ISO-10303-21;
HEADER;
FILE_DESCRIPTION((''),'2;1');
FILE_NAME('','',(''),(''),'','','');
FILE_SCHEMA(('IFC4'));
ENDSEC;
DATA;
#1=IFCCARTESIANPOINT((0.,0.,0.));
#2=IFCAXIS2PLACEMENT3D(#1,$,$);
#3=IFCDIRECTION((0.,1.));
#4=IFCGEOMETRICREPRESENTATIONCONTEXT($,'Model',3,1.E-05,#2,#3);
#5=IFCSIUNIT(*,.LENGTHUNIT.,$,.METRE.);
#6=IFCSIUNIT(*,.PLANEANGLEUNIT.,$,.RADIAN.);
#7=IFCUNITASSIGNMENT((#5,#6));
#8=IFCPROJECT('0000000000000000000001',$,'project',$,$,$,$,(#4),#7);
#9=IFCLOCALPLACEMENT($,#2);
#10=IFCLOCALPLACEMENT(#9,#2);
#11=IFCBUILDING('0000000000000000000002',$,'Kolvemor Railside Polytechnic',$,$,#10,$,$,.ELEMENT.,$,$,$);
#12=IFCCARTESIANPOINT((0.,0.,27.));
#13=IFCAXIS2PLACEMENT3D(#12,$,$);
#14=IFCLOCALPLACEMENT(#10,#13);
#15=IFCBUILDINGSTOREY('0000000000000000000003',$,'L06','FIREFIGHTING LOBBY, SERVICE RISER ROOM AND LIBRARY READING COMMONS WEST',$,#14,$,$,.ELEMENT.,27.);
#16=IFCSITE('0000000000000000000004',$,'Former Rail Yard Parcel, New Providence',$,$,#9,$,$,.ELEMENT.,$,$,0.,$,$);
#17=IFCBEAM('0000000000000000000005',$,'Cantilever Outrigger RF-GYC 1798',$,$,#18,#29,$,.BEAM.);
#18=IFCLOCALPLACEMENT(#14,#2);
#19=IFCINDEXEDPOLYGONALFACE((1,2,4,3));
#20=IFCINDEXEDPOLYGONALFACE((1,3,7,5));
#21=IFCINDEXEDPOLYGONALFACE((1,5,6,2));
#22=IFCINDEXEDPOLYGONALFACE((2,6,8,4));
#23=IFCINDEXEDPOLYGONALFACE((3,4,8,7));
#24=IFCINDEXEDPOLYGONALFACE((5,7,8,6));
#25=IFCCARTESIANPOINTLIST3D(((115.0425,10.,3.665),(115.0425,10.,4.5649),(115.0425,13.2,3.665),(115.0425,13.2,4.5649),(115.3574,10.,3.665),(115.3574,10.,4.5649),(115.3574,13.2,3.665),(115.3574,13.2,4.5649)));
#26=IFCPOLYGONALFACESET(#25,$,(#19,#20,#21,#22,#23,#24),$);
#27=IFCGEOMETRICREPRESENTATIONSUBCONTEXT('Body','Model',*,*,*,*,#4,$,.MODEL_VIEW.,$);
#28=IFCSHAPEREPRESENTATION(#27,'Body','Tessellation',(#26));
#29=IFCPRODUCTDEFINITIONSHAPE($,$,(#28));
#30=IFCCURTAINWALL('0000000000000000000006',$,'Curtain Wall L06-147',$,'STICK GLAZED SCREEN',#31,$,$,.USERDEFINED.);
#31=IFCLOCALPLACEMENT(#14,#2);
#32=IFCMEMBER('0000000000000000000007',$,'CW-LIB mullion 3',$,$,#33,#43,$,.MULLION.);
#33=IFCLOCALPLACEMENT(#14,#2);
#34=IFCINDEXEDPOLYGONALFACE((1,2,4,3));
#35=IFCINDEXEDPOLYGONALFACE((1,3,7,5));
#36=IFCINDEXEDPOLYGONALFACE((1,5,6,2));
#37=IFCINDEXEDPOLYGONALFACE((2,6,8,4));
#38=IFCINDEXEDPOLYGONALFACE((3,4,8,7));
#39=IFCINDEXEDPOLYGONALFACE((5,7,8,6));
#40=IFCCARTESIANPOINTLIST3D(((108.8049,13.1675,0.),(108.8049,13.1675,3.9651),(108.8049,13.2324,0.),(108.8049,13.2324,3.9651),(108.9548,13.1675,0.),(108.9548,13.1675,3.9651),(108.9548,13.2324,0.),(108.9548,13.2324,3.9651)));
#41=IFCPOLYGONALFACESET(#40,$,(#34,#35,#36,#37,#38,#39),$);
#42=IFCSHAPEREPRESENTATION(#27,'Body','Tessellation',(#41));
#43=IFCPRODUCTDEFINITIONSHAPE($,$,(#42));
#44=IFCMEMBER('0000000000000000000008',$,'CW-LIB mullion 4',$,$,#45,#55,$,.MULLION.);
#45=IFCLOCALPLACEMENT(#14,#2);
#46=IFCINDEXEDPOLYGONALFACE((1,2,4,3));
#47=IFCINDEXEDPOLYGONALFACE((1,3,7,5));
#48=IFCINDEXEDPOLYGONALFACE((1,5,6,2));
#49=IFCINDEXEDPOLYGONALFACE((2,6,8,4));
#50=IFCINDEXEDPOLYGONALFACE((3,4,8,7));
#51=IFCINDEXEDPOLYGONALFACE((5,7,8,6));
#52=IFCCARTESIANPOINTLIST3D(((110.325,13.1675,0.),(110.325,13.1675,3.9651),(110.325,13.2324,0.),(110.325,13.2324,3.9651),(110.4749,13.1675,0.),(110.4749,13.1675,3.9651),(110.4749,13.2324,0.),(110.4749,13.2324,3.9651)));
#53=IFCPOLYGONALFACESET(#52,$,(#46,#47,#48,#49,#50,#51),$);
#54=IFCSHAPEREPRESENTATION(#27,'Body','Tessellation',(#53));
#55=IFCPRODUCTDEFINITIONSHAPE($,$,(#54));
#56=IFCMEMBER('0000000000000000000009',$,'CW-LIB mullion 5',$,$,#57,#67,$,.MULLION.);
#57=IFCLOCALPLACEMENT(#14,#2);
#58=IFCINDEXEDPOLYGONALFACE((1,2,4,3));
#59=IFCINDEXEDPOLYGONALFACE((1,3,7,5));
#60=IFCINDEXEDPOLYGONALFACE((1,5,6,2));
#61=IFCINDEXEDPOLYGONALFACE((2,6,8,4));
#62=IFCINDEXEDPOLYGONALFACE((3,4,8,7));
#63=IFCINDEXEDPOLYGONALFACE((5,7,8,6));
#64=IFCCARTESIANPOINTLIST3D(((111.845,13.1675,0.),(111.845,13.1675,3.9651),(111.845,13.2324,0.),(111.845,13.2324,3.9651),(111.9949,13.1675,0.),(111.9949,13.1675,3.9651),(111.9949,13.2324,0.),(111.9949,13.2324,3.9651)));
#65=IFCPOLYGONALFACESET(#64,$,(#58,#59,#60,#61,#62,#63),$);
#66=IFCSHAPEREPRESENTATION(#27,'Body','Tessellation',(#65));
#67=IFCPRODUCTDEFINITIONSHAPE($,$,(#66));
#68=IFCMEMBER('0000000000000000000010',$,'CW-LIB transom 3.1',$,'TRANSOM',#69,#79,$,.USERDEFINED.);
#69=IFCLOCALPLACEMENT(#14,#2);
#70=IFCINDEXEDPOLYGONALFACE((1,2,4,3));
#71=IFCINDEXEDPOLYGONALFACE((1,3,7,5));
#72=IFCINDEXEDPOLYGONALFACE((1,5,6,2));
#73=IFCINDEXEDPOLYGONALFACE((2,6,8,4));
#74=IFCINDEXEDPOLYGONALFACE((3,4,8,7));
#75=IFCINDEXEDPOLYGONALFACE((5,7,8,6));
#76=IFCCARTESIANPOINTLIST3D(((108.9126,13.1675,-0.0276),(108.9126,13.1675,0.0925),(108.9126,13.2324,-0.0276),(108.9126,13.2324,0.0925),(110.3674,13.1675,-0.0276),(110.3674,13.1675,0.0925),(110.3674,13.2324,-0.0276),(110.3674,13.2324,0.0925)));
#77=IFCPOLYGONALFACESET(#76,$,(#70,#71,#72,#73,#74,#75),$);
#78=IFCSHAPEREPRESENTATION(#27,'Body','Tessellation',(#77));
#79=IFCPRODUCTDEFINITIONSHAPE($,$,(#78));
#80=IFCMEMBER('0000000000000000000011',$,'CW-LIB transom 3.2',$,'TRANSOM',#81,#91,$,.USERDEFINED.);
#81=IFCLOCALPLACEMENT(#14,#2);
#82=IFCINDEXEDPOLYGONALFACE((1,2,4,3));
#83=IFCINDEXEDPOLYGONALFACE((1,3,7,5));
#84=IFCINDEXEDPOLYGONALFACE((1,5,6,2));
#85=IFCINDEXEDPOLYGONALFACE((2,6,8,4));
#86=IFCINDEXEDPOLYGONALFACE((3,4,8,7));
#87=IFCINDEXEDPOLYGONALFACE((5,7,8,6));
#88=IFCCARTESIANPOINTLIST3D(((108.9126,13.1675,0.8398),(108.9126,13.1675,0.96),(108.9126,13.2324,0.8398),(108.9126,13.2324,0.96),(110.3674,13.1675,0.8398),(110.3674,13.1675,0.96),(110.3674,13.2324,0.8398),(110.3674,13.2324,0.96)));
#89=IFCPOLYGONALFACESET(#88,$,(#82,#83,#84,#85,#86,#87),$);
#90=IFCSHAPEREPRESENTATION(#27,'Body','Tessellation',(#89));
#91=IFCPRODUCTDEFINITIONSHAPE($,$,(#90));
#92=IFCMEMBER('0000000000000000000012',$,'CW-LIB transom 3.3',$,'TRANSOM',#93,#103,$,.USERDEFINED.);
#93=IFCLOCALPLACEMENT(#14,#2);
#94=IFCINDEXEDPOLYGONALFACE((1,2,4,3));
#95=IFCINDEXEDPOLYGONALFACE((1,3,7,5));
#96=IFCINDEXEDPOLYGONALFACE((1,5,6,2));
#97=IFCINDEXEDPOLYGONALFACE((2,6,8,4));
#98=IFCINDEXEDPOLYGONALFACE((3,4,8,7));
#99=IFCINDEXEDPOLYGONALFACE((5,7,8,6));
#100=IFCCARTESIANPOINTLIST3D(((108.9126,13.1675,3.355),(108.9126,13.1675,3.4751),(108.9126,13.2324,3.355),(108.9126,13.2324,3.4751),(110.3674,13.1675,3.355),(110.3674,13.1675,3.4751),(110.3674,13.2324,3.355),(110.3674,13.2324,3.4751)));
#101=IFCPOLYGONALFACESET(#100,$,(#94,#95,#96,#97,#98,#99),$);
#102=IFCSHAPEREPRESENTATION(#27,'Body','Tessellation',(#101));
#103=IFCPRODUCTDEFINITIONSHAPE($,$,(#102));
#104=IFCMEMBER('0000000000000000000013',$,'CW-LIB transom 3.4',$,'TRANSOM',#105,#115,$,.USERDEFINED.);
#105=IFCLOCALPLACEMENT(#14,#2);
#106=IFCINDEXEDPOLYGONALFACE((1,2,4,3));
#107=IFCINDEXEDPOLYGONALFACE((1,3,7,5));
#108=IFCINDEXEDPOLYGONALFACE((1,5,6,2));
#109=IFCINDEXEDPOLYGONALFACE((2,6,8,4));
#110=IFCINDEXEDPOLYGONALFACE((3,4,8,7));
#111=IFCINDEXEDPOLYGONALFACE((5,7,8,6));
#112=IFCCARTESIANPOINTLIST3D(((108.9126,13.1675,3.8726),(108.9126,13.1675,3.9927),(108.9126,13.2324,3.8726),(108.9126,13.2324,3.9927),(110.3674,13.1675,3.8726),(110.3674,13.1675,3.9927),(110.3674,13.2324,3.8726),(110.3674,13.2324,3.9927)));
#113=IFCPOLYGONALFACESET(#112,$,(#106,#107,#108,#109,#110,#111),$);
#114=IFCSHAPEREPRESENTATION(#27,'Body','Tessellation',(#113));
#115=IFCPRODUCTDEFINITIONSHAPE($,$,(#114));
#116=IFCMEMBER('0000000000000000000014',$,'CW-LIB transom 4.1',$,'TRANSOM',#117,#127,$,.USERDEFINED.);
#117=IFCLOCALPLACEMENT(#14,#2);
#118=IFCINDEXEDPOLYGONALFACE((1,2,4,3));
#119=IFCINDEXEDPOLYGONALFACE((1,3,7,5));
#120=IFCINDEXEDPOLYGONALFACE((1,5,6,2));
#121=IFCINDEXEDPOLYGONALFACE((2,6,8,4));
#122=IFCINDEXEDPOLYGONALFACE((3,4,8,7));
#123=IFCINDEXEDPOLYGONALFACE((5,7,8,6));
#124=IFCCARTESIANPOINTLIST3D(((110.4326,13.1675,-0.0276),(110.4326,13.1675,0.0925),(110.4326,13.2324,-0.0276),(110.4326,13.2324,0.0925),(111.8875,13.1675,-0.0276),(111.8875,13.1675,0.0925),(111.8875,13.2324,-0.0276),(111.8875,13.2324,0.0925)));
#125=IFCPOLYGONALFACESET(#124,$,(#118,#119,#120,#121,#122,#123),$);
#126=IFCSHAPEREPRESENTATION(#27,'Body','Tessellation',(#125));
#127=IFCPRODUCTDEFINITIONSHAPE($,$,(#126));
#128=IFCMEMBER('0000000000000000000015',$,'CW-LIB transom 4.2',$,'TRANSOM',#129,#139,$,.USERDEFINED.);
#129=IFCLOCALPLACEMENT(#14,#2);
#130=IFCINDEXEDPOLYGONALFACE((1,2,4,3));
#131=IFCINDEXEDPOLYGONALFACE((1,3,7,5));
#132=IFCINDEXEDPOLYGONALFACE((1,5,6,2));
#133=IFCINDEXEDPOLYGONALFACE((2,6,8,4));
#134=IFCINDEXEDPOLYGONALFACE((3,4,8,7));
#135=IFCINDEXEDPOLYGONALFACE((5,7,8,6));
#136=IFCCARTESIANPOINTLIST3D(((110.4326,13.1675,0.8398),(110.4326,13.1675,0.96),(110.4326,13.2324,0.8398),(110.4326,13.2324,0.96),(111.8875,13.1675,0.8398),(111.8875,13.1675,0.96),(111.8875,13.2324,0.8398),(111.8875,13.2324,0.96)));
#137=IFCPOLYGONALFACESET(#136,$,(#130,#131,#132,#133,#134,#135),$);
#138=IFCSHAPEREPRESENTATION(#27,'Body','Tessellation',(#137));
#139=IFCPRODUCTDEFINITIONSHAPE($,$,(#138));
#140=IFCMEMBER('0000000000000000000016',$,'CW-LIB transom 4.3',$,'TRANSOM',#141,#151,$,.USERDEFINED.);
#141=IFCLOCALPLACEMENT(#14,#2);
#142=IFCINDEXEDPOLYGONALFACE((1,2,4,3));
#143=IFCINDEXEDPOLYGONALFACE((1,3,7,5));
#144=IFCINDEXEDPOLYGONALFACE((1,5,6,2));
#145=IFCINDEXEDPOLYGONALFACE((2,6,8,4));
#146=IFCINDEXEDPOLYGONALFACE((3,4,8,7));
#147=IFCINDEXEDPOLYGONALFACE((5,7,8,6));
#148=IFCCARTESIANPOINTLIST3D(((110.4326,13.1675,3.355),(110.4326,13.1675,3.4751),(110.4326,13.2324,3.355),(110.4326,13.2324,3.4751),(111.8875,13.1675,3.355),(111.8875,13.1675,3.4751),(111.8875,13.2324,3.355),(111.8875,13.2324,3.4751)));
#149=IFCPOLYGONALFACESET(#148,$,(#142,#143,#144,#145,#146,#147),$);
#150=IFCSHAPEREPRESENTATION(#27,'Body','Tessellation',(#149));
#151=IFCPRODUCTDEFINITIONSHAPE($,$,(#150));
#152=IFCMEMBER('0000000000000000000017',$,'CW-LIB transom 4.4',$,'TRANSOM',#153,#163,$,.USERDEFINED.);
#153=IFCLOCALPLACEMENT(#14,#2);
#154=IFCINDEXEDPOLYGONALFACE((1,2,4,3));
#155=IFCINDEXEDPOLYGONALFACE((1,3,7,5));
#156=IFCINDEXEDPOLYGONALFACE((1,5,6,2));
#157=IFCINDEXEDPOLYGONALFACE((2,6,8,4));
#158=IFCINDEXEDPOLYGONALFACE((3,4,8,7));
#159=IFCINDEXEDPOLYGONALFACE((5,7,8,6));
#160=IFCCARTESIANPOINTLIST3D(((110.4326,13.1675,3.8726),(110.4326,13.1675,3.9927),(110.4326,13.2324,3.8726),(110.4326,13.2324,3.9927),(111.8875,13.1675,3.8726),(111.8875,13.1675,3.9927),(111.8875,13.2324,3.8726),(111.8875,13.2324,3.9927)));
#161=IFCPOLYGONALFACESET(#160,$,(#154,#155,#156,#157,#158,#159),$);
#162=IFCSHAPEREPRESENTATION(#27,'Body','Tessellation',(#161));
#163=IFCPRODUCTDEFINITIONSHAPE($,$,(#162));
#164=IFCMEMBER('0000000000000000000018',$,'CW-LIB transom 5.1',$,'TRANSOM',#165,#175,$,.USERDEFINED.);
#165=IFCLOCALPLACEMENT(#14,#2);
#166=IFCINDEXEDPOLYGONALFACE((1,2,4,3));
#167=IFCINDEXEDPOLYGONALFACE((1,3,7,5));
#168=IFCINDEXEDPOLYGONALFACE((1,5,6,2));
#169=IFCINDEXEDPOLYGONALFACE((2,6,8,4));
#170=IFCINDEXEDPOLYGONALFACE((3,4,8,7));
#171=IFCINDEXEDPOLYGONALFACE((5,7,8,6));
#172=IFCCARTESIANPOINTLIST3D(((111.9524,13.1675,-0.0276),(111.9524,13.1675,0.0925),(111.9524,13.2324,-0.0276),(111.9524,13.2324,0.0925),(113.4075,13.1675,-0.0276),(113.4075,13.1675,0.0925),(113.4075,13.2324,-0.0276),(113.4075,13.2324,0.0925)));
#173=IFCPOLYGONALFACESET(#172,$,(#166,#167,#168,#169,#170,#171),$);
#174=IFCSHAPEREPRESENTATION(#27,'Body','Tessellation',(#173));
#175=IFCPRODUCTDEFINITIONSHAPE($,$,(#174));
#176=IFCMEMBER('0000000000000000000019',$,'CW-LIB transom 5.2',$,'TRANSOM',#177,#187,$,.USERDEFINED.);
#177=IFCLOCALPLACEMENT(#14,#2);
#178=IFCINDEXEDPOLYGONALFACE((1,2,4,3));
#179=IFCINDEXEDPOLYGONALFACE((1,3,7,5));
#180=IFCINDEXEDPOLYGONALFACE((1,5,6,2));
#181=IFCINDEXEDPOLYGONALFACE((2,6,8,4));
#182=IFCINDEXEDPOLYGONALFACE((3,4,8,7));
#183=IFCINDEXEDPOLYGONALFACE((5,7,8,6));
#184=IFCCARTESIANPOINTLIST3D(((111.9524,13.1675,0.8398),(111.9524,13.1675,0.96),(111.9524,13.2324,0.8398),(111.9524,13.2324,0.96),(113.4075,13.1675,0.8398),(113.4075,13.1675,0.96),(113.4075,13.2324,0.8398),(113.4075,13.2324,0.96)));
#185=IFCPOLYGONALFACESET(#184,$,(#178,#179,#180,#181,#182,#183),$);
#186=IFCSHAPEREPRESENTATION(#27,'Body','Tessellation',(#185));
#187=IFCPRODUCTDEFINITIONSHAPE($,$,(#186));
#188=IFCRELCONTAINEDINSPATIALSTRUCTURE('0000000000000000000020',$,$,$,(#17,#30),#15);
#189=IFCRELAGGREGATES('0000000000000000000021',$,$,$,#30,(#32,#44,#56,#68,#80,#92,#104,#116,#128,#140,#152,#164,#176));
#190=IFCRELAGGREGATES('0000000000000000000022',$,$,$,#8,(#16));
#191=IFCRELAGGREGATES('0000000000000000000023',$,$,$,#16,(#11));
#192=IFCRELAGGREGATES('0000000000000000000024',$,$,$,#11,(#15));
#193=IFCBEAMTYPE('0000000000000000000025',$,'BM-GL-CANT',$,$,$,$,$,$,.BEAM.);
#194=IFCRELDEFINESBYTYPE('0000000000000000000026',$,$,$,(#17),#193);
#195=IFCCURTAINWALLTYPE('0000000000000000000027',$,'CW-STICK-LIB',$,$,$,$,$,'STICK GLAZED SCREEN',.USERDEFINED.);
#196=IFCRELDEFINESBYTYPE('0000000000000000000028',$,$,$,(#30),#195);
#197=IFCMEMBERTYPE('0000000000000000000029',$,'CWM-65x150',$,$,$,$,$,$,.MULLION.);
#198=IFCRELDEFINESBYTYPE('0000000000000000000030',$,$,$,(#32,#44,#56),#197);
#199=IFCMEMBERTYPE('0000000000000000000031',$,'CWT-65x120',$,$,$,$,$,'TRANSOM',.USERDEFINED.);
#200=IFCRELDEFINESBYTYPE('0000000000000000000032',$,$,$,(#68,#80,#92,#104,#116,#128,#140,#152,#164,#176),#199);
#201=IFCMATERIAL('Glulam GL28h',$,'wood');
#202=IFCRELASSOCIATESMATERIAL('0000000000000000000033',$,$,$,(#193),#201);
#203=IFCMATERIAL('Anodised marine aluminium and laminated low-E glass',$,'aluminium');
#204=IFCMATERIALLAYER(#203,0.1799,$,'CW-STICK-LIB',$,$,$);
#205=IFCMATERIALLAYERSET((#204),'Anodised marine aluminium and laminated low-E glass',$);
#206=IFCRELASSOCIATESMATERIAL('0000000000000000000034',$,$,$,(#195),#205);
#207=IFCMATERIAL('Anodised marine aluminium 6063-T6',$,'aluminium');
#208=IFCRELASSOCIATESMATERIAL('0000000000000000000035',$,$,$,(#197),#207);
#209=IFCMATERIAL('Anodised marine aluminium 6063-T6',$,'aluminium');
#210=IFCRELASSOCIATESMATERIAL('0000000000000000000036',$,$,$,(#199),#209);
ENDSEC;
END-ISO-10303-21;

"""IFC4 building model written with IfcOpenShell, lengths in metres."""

from ifc_helpers import new_model, si_unit, direction, frame, origin, origin_2d, place, context, subcontext, project, spatial, rectangle, extrude, material, layer, layer_set, material_profile, profile_set, type_object, element, aggregate, save


model = new_model("IFC4")

# Units and contexts
model_context = context("Model", 3, precision=1e-05, world=origin(), true_north=direction((0.0, 1.0)))
body_context = subcontext(model_context, "Body", "Model", "MODEL_VIEW")
ifc_project = project(units=[si_unit("LENGTHUNIT", "METRE"), si_unit("PLANEANGLEUNIT", "RADIAN")], contexts=[model_context])

# Site, building, storey
site_placement = place(None, origin())
site = spatial("IfcSite", under=ifc_project, at=site_placement, Name="Former Rail Yard Parcel, New Providence", CompositionType="ELEMENT", RefElevation=0.0)
building_placement = place(site_placement, origin())
building = spatial("IfcBuilding", under=site, at=building_placement, Name="Kolvemor Railside Polytechnic", CompositionType="ELEMENT")
storey_placement = place(building_placement, frame((0.0, 0.0, 27.0)))
storey = spatial("IfcBuildingStorey", under=building, at=storey_placement, Name="L06", Description="FIREFIGHTING LOBBY, SERVICE RISER ROOM AND LIBRARY READING COMMONS WEST", CompositionType="ELEMENT", Elevation=27.0)

# Beam
ifc_material_1 = material(Name="Glulam GL28h", Category="wood")
ifc_material_profile_1 = material_profile(ifc_material_1, rectangle(XDim=0.3149, YDim=0.8999, at=origin_2d()), Name="GL315x900")
ifc_profile_set_1 = profile_set([ifc_material_profile_1], Name="Glulam GL28h")
beam_type = type_object("IfcBeamType", Name="BM-GL-CANT", PredefinedType="BEAM", material=ifc_profile_set_1)
beam_placement = place(storey_placement, frame((115.2, 10.0, 4.115), z_axis=(0.0, 1.0, 0.0), x_axis=(-1.0, 0.0, 0.0)))
element("IfcBeam", 1, at=beam_placement, inside=storey, type_object=beam_type, Name="Cantilever Outrigger RF-GYC 1798", PredefinedType="BEAM", context=body_context, shape_type="SweptSolid", body=[
    extrude(rectangle(XDim=0.3149, YDim=0.8999, at=origin_2d()), origin(), (0.0, 0.0, 1.0), 3.2),
])

# Curtain wall, members
ifc_material_2 = material(Name="Anodised marine aluminium and laminated low-E glass", Category="aluminium")
ifc_layer_1 = layer(ifc_material_2, 0.1799, Name="CW-STICK-LIB")
ifc_layer_set_1 = layer_set([ifc_layer_1], Name="Anodised marine aluminium and laminated low-E glass")
curtain_wall_type = type_object("IfcCurtainWallType", Name="CW-STICK-LIB", ElementType="STICK GLAZED SCREEN", PredefinedType="USERDEFINED", material=ifc_layer_set_1)
curtain_wall_placement = place(storey_placement, origin())
curtain_wall = element("IfcCurtainWall", 2, at=curtain_wall_placement, inside=storey, type_object=curtain_wall_type, Name="Curtain Wall L06-147", ObjectType="STICK GLAZED SCREEN", PredefinedType="USERDEFINED")
ifc_material_3 = material(Name="Anodised marine aluminium 6063-T6", Category="aluminium")
ifc_material_profile_2 = material_profile(ifc_material_3, rectangle(XDim=0.0649, YDim=0.1499, at=origin_2d()), Name="CW-MUL-65x150")
ifc_profile_set_2 = profile_set([ifc_material_profile_2], Name="Anodised marine aluminium 6063-T6")
member_type_1 = type_object("IfcMemberType", Name="CWM-65x150", PredefinedType="MULLION", material=ifc_profile_set_2)
member_1_placement = place(storey_placement, frame((108.8799, 13.2, 0.0), z_axis=(0.0, 0.0, 1.0), x_axis=(0.0, 1.0, 0.0)))
member_1 = element("IfcMember", 3, at=member_1_placement, type_object=member_type_1, Name="CW-LIB mullion 3", PredefinedType="MULLION", context=body_context, shape_type="SweptSolid", body=[
    extrude(rectangle(XDim=0.0649, YDim=0.1499, at=origin_2d()), origin(), (0.0, 0.0, 1.0), 3.9651),
])
member_2_placement = place(storey_placement, frame((110.3999, 13.2, 0.0), z_axis=(0.0, 0.0, 1.0), x_axis=(0.0, 1.0, 0.0)))
member_2 = element("IfcMember", 4, at=member_2_placement, type_object=member_type_1, Name="CW-LIB mullion 4", PredefinedType="MULLION", context=body_context, shape_type="SweptSolid", body=[
    extrude(rectangle(XDim=0.0649, YDim=0.1499, at=origin_2d()), origin(), (0.0, 0.0, 1.0), 3.9651),
])
member_3_placement = place(storey_placement, frame((111.9199, 13.2, 0.0), z_axis=(0.0, 0.0, 1.0), x_axis=(0.0, 1.0, 0.0)))
member_3 = element("IfcMember", 5, at=member_3_placement, type_object=member_type_1, Name="CW-LIB mullion 5", PredefinedType="MULLION", context=body_context, shape_type="SweptSolid", body=[
    extrude(rectangle(XDim=0.0649, YDim=0.1499, at=origin_2d()), origin(), (0.0, 0.0, 1.0), 3.9651),
])
ifc_material_4 = material(Name="Anodised marine aluminium 6063-T6", Category="aluminium")
ifc_material_profile_3 = material_profile(ifc_material_4, rectangle(XDim=0.0649, YDim=0.1201, at=origin_2d()), Name="CW-TRN-65x120")
ifc_profile_set_3 = profile_set([ifc_material_profile_3], Name="Anodised marine aluminium 6063-T6")
member_type_2 = type_object("IfcMemberType", Name="CWT-65x120", ElementType="TRANSOM", PredefinedType="USERDEFINED", material=ifc_profile_set_3)
member_4_placement = place(storey_placement, frame((108.9126, 13.2, 0.0325), z_axis=(1.0, 0.0, 0.0), x_axis=(0.0, 1.0, 0.0)))
member_4 = element("IfcMember", 6, at=member_4_placement, type_object=member_type_2, Name="CW-LIB transom 3.1", ObjectType="TRANSOM", PredefinedType="USERDEFINED", context=body_context, shape_type="SweptSolid", body=[
    extrude(rectangle(XDim=0.0649, YDim=0.1201, at=origin_2d()), origin(), (0.0, 0.0, 1.0), 1.4548),
])
member_5_placement = place(storey_placement, frame((108.9126, 13.2, 0.8999), z_axis=(1.0, 0.0, 0.0), x_axis=(0.0, 1.0, 0.0)))
member_5 = element("IfcMember", 7, at=member_5_placement, type_object=member_type_2, Name="CW-LIB transom 3.2", ObjectType="TRANSOM", PredefinedType="USERDEFINED", context=body_context, shape_type="SweptSolid", body=[
    extrude(rectangle(XDim=0.0649, YDim=0.1201, at=origin_2d()), origin(), (0.0, 0.0, 1.0), 1.4548),
])
member_6_placement = place(storey_placement, frame((108.9126, 13.2, 3.415), z_axis=(1.0, 0.0, 0.0), x_axis=(0.0, 1.0, 0.0)))
member_6 = element("IfcMember", 8, at=member_6_placement, type_object=member_type_2, Name="CW-LIB transom 3.3", ObjectType="TRANSOM", PredefinedType="USERDEFINED", context=body_context, shape_type="SweptSolid", body=[
    extrude(rectangle(XDim=0.0649, YDim=0.1201, at=origin_2d()), origin(), (0.0, 0.0, 1.0), 1.4548),
])
member_7_placement = place(storey_placement, frame((108.9126, 13.2, 3.9326), z_axis=(1.0, 0.0, 0.0), x_axis=(0.0, 1.0, 0.0)))
member_7 = element("IfcMember", 9, at=member_7_placement, type_object=member_type_2, Name="CW-LIB transom 3.4", ObjectType="TRANSOM", PredefinedType="USERDEFINED", context=body_context, shape_type="SweptSolid", body=[
    extrude(rectangle(XDim=0.0649, YDim=0.1201, at=origin_2d()), origin(), (0.0, 0.0, 1.0), 1.4548),
])
member_8_placement = place(storey_placement, frame((110.4326, 13.2, 0.0325), z_axis=(1.0, 0.0, 0.0), x_axis=(0.0, 1.0, 0.0)))
member_8 = element("IfcMember", 10, at=member_8_placement, type_object=member_type_2, Name="CW-LIB transom 4.1", ObjectType="TRANSOM", PredefinedType="USERDEFINED", context=body_context, shape_type="SweptSolid", body=[
    extrude(rectangle(XDim=0.0649, YDim=0.1201, at=origin_2d()), origin(), (0.0, 0.0, 1.0), 1.4548),
])
member_9_placement = place(storey_placement, frame((110.4326, 13.2, 0.8999), z_axis=(1.0, 0.0, 0.0), x_axis=(0.0, 1.0, 0.0)))
member_9 = element("IfcMember", 11, at=member_9_placement, type_object=member_type_2, Name="CW-LIB transom 4.2", ObjectType="TRANSOM", PredefinedType="USERDEFINED", context=body_context, shape_type="SweptSolid", body=[
    extrude(rectangle(XDim=0.0649, YDim=0.1201, at=origin_2d()), origin(), (0.0, 0.0, 1.0), 1.4548),
])
member_10_placement = place(storey_placement, frame((110.4326, 13.2, 3.415), z_axis=(1.0, 0.0, 0.0), x_axis=(0.0, 1.0, 0.0)))
member_10 = element("IfcMember", 12, at=member_10_placement, type_object=member_type_2, Name="CW-LIB transom 4.3", ObjectType="TRANSOM", PredefinedType="USERDEFINED", context=body_context, shape_type="SweptSolid", body=[
    extrude(rectangle(XDim=0.0649, YDim=0.1201, at=origin_2d()), origin(), (0.0, 0.0, 1.0), 1.4548),
])
member_11_placement = place(storey_placement, frame((110.4326, 13.2, 3.9326), z_axis=(1.0, 0.0, 0.0), x_axis=(0.0, 1.0, 0.0)))
member_11 = element("IfcMember", 13, at=member_11_placement, type_object=member_type_2, Name="CW-LIB transom 4.4", ObjectType="TRANSOM", PredefinedType="USERDEFINED", context=body_context, shape_type="SweptSolid", body=[
    extrude(rectangle(XDim=0.0649, YDim=0.1201, at=origin_2d()), origin(), (0.0, 0.0, 1.0), 1.4548),
])
member_12_placement = place(storey_placement, frame((111.9524, 13.2, 0.0325), z_axis=(1.0, 0.0, 0.0), x_axis=(0.0, 1.0, 0.0)))
member_12 = element("IfcMember", 14, at=member_12_placement, type_object=member_type_2, Name="CW-LIB transom 5.1", ObjectType="TRANSOM", PredefinedType="USERDEFINED", context=body_context, shape_type="SweptSolid", body=[
    extrude(rectangle(XDim=0.0649, YDim=0.1201, at=origin_2d()), origin(), (0.0, 0.0, 1.0), 1.4551),
])
member_13_placement = place(storey_placement, frame((111.9524, 13.2, 0.8999), z_axis=(1.0, 0.0, 0.0), x_axis=(0.0, 1.0, 0.0)))
member_13 = element("IfcMember", 15, at=member_13_placement, type_object=member_type_2, Name="CW-LIB transom 5.2", ObjectType="TRANSOM", PredefinedType="USERDEFINED", context=body_context, shape_type="SweptSolid", body=[
    extrude(rectangle(XDim=0.0649, YDim=0.1201, at=origin_2d()), origin(), (0.0, 0.0, 1.0), 1.4551),
])
aggregate(curtain_wall, [member_1, member_2, member_3, member_4, member_5, member_6, member_7, member_8, member_9, member_10, member_11, member_12, member_13])

save(model, "model.ifc")
